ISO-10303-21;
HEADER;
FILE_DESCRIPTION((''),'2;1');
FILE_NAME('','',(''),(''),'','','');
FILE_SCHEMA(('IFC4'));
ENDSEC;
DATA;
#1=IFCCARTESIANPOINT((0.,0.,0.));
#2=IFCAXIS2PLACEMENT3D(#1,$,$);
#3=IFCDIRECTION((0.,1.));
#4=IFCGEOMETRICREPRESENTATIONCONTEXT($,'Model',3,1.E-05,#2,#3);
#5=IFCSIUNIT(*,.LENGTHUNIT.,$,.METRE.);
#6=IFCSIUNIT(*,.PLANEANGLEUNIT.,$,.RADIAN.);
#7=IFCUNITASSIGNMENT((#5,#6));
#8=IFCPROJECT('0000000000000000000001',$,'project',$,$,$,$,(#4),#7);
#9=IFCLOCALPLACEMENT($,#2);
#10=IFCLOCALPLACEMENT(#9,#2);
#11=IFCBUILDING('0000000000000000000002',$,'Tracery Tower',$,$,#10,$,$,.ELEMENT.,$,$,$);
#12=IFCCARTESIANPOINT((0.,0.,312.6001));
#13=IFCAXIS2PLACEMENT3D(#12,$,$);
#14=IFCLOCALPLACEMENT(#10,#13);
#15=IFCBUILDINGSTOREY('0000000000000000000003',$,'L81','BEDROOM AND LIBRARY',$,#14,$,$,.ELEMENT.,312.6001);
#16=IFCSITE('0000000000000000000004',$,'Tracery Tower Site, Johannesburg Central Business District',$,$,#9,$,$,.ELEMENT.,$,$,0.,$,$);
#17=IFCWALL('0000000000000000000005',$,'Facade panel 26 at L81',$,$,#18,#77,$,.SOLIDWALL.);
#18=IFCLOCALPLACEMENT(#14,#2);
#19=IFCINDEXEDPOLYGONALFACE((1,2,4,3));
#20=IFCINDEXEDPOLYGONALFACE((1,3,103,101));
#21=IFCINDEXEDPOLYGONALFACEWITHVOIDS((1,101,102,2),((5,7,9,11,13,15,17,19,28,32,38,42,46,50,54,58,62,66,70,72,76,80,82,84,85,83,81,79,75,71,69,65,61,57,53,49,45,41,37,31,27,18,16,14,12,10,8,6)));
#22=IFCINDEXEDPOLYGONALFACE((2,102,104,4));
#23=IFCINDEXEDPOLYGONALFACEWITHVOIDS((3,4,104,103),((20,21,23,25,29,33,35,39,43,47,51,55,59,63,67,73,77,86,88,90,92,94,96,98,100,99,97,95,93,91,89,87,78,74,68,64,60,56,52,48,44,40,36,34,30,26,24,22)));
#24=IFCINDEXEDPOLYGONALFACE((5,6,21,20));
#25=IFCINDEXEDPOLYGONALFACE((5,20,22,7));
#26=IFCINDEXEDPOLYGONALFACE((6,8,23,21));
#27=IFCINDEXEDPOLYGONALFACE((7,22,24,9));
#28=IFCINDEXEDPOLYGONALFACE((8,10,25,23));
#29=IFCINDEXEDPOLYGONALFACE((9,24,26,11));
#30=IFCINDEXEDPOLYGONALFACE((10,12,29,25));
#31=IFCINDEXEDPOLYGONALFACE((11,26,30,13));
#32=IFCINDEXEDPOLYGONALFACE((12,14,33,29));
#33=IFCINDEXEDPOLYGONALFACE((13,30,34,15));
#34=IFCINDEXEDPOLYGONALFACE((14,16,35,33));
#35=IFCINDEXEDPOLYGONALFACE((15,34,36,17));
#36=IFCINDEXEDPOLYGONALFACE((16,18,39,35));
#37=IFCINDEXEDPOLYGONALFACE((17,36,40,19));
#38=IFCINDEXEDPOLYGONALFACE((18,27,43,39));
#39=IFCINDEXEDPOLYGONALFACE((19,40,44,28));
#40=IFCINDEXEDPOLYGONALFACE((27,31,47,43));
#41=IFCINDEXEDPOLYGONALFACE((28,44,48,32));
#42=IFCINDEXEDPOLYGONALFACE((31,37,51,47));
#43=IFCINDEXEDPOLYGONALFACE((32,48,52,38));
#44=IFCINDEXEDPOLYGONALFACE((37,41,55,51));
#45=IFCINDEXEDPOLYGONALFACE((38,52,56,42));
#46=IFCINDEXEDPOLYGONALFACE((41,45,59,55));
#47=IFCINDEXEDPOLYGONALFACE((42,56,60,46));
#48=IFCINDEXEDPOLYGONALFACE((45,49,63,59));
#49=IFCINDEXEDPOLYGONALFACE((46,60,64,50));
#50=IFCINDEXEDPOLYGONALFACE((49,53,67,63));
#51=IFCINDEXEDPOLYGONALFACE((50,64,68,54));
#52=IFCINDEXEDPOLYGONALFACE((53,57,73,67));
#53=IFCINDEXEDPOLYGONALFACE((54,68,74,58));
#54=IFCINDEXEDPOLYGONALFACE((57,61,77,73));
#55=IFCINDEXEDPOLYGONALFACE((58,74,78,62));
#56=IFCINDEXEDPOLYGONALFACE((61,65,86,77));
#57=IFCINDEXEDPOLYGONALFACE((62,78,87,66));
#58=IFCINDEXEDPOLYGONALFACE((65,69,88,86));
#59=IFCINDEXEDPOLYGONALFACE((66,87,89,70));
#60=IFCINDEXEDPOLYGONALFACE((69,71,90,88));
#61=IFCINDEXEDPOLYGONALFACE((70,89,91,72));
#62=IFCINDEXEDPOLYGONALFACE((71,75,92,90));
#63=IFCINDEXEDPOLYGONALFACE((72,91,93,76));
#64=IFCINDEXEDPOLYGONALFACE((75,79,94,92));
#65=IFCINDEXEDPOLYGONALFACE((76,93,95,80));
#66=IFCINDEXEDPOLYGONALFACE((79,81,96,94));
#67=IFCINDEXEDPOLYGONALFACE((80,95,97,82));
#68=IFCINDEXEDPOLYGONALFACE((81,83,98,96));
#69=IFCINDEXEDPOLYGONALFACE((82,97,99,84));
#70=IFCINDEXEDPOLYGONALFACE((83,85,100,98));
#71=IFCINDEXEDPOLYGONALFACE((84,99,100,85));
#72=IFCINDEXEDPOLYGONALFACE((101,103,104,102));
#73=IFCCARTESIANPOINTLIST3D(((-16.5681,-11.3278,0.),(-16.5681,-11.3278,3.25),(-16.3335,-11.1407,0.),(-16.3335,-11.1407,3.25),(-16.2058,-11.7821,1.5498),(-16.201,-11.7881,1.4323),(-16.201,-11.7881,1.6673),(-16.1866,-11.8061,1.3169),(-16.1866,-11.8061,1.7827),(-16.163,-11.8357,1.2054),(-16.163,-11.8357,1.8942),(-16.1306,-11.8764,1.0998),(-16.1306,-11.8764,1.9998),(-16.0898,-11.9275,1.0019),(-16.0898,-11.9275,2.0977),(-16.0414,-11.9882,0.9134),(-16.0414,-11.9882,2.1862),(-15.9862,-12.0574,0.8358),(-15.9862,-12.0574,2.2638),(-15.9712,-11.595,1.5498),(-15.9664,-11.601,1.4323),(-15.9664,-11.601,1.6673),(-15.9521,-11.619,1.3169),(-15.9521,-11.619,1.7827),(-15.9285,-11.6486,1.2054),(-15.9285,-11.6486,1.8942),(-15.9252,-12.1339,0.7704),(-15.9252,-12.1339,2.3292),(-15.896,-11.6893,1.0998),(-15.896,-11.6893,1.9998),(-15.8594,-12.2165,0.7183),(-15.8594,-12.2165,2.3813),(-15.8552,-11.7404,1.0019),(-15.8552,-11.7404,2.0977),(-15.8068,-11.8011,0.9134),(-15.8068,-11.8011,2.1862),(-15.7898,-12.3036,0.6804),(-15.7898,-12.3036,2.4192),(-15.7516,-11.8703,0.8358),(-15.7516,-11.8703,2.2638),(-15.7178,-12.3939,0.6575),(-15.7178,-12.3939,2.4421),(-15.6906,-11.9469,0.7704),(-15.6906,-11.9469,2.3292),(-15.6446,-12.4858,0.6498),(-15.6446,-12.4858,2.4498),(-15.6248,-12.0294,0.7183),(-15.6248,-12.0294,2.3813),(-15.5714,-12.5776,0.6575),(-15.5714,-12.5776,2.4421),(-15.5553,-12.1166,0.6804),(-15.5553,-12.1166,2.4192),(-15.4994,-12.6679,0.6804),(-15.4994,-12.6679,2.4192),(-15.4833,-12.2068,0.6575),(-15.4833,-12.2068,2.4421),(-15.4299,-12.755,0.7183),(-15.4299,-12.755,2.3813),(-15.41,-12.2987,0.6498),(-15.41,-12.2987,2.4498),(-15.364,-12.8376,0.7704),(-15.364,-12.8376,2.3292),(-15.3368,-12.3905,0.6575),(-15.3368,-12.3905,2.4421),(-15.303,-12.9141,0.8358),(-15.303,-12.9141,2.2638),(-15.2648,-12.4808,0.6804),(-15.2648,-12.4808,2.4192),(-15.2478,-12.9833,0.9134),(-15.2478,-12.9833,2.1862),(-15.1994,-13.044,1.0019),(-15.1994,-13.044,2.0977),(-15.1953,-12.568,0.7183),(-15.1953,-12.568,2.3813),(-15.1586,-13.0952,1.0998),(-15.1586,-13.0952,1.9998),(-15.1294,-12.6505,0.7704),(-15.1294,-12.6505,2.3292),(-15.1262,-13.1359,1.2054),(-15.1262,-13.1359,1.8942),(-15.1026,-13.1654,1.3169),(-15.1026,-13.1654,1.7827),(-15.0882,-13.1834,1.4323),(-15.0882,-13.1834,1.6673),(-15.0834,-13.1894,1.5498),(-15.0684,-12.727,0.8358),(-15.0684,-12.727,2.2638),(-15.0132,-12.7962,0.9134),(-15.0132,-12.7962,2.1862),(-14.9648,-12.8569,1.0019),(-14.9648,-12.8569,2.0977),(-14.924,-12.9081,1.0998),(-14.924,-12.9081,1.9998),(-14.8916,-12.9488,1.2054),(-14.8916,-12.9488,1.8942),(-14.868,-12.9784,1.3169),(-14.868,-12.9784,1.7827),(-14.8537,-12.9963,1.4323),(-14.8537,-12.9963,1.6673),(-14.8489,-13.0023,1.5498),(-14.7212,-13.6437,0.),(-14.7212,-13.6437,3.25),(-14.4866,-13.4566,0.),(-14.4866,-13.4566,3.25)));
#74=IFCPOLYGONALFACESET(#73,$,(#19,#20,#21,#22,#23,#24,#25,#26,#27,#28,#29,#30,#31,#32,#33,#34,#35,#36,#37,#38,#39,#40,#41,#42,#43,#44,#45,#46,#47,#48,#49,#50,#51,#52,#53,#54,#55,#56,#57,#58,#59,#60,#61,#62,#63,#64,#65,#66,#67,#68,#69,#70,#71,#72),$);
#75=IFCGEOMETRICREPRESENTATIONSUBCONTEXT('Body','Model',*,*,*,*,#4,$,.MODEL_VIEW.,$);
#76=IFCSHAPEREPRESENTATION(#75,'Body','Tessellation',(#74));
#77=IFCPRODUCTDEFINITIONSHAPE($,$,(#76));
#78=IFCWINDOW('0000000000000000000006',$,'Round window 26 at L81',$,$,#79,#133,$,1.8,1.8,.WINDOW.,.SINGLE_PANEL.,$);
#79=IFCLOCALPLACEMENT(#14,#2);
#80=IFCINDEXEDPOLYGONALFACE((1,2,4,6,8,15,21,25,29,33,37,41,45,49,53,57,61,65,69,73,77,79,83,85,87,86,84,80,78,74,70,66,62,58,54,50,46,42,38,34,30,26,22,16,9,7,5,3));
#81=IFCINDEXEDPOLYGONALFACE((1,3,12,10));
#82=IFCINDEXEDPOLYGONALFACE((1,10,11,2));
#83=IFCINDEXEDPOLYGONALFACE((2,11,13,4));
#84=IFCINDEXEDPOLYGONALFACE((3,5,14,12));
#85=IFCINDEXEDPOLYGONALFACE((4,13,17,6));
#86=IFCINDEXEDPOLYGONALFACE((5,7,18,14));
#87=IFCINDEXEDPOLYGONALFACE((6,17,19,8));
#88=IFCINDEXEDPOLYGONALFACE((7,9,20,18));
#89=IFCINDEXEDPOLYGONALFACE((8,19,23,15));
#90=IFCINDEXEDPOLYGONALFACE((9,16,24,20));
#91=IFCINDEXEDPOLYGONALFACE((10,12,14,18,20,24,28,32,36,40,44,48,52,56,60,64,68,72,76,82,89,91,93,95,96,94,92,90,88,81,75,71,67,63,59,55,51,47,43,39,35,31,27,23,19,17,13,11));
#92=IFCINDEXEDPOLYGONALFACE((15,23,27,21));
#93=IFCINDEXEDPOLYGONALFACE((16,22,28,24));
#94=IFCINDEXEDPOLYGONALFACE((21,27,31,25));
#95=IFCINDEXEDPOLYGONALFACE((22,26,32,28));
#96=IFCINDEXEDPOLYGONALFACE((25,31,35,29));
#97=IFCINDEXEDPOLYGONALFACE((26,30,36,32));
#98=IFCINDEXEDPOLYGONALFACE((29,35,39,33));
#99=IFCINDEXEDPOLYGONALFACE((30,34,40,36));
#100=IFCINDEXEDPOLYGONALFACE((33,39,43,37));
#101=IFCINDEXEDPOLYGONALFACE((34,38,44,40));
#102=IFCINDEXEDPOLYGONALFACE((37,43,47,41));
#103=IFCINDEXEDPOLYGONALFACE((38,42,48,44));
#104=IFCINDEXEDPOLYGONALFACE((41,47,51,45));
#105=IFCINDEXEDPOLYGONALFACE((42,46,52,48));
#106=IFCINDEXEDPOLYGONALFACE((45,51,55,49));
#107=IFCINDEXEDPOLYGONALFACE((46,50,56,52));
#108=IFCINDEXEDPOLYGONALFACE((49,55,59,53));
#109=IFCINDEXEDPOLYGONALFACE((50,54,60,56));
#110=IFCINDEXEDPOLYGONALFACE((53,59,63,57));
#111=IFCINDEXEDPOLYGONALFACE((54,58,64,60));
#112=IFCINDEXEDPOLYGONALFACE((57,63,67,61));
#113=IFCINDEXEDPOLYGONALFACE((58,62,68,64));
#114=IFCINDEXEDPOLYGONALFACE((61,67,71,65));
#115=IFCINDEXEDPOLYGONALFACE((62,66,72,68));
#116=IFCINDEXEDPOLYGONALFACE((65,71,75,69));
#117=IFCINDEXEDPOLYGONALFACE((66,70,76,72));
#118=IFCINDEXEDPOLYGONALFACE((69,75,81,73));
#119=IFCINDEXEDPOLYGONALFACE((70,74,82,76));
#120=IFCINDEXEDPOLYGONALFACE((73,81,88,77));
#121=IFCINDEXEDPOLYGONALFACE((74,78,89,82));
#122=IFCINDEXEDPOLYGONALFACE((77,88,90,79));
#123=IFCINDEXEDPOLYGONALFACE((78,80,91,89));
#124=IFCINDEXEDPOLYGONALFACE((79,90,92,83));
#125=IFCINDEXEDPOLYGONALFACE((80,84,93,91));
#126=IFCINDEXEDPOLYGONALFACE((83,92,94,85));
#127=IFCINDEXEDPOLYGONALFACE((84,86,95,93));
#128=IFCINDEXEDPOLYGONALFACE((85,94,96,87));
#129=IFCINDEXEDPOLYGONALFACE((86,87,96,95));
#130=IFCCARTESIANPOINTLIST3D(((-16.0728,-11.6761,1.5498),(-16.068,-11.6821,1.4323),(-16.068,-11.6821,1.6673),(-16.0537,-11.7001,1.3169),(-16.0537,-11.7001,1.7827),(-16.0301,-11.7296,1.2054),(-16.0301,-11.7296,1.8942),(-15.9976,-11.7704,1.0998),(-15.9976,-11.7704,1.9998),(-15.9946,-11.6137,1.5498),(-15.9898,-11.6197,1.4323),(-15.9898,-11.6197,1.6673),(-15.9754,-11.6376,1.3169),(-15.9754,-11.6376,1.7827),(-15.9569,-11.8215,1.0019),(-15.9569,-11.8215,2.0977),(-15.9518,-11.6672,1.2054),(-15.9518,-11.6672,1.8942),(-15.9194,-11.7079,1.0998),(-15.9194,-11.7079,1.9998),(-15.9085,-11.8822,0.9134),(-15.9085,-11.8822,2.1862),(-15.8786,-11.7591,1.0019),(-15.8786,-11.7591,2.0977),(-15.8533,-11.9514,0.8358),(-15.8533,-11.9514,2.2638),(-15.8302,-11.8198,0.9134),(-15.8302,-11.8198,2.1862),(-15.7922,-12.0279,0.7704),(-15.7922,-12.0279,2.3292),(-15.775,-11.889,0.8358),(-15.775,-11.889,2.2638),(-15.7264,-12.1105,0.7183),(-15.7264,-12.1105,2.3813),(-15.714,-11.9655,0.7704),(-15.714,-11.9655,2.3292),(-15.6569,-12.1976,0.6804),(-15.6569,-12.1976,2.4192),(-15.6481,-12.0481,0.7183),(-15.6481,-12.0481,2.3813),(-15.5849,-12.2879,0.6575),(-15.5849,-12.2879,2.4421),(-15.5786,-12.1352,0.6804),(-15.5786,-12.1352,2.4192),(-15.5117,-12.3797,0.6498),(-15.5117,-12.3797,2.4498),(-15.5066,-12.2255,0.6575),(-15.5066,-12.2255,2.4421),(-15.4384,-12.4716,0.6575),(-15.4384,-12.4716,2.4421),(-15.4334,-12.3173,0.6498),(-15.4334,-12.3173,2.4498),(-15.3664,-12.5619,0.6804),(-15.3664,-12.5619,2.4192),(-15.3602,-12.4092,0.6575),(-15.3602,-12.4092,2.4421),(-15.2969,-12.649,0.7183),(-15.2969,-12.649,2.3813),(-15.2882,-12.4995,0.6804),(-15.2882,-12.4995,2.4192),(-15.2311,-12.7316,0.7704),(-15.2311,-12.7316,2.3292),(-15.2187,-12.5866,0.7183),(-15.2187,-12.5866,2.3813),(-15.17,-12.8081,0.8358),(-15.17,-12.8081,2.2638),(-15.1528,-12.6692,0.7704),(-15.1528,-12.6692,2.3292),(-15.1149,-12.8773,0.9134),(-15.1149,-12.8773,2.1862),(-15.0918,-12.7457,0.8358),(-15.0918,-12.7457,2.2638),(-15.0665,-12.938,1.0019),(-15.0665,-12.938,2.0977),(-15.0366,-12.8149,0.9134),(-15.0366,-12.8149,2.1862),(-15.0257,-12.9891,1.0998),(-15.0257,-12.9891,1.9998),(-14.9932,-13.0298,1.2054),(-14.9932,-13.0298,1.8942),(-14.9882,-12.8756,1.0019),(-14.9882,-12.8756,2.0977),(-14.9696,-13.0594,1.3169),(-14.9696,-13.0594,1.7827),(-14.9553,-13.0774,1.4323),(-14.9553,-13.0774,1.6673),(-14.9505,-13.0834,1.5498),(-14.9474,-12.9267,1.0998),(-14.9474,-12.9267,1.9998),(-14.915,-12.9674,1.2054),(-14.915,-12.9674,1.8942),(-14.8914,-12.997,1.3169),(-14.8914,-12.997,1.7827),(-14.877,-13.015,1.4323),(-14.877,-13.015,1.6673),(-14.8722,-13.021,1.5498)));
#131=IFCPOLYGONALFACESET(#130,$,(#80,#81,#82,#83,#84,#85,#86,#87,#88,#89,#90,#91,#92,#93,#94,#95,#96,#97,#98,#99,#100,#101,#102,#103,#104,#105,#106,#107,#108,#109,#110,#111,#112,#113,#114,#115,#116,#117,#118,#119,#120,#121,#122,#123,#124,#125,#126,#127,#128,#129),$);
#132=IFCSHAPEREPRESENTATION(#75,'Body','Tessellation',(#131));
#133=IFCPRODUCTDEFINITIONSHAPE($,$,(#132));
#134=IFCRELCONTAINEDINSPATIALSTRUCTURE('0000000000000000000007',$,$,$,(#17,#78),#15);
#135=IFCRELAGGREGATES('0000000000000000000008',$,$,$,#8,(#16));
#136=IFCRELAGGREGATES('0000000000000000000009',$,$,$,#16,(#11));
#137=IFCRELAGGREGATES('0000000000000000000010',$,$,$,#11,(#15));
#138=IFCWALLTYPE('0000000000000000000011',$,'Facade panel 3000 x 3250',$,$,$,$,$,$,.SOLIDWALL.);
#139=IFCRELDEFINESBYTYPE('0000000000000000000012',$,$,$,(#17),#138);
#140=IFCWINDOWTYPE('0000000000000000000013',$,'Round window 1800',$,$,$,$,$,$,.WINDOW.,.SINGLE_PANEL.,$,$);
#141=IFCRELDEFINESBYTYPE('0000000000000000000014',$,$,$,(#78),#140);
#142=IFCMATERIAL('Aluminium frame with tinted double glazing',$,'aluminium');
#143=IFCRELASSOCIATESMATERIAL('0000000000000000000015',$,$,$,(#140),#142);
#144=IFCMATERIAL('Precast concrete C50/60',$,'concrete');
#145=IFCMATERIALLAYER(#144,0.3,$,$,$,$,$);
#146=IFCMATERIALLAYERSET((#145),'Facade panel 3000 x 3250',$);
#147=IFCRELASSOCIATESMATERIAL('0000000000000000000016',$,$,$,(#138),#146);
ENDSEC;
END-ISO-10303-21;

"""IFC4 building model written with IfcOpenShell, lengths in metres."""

from ifc_helpers import new_model, si_unit, direction, frame, frame_2d, origin, origin_2d, place, context, subcontext, project, spatial, rectangle, circle, extrude, material, layer, layer_set, type_object, element, fill, save


model = new_model("IFC4")

# Units and contexts
model_context = context("Model", 3, precision=1e-05, world=origin(), true_north=direction((0.0, 1.0)))
body_context = subcontext(model_context, "Body", "Model", "MODEL_VIEW")
ifc_project = project(units=[si_unit("LENGTHUNIT", "METRE"), si_unit("PLANEANGLEUNIT", "RADIAN")], contexts=[model_context])

# Site, building, storey
site_placement = place(None, origin())
site = spatial("IfcSite", under=ifc_project, at=site_placement, Name="Tracery Tower Site, Johannesburg Central Business District", CompositionType="ELEMENT", RefElevation=0.0)
building_placement = place(site_placement, origin())
building = spatial("IfcBuilding", under=site, at=building_placement, Name="Tracery Tower", CompositionType="ELEMENT")
storey_placement = place(building_placement, frame((0.0, 0.0, 312.6001)))
storey = spatial("IfcBuildingStorey", under=building, at=storey_placement, Name="L81", Description="BEDROOM AND LIBRARY", CompositionType="ELEMENT", Elevation=312.6001)

# Wall, opening, window
ifc_material_1 = material(Name="Aluminium frame with tinted double glazing", Category="aluminium")
window_type = type_object("IfcWindowType", Name="Round window 1800", PartitioningType="SINGLE_PANEL", PredefinedType="WINDOW", material=ifc_material_1)
ifc_material_2 = material(Name="Precast concrete C50/60", Category="concrete")
ifc_layer_1 = layer(ifc_material_2, 0.3)
ifc_layer_set_1 = layer_set([ifc_layer_1], Name="Facade panel 3000 x 3250")
wall_type_1 = type_object("IfcWallType", Name="Facade panel 3000 x 3250", PredefinedType="SOLIDWALL", material=ifc_layer_set_1)
wall_1_placement = place(storey_placement, frame((-16.4507, -11.2344, 0.0), z_axis=(0.0, 0.0, 1.0), x_axis=(0.623498, -0.781825, 0.0)))
wall_1 = element("IfcWall", 1, at=wall_1_placement, inside=storey, type_object=wall_type_1, Name="Facade panel 26 at L81", PredefinedType="SOLIDWALL", context=body_context, shape_type="SweptSolid", body=[
    extrude(rectangle(XDim=2.9622, YDim=0.3, at=frame_2d((1.481, 0.0))), origin(), (0.0, 0.0, 1.0), 3.25),
])
opening_1_placement = place(wall_1_placement, frame((1.481, 0.0, 1.5498)))
opening_1 = element("IfcOpeningElement", 2, at=opening_1_placement, cuts=wall_1, PredefinedType="OPENING", context=body_context, shape_type="SweptSolid", body=[
    extrude(circle(Radius=0.9, at=origin_2d()), frame((0.0, 0.1599, 0.0), z_axis=(0.0, -1.0, 0.0), x_axis=(1.0, 0.0, 0.0)), (0.0, 0.0, 1.0), 0.3201),
])
window_1_placement = place(opening_1_placement, origin())
window_1 = element("IfcWindow", 3, at=window_1_placement, inside=storey, type_object=window_type, Name="Round window 26 at L81", OverallHeight=1.8, OverallWidth=1.8, PartitioningType="SINGLE_PANEL", PredefinedType="WINDOW", context=body_context, shape_type="SweptSolid", body=[
    extrude(circle(Radius=0.9, at=origin_2d()), frame((0.0, 0.1201, 0.0), z_axis=(0.0, -1.0, 0.0), x_axis=(1.0, 0.0, 0.0)), (0.0, 0.0, 1.0), 0.1001),
])
fill(opening_1, window_1)

save(model, "model.ifc")
